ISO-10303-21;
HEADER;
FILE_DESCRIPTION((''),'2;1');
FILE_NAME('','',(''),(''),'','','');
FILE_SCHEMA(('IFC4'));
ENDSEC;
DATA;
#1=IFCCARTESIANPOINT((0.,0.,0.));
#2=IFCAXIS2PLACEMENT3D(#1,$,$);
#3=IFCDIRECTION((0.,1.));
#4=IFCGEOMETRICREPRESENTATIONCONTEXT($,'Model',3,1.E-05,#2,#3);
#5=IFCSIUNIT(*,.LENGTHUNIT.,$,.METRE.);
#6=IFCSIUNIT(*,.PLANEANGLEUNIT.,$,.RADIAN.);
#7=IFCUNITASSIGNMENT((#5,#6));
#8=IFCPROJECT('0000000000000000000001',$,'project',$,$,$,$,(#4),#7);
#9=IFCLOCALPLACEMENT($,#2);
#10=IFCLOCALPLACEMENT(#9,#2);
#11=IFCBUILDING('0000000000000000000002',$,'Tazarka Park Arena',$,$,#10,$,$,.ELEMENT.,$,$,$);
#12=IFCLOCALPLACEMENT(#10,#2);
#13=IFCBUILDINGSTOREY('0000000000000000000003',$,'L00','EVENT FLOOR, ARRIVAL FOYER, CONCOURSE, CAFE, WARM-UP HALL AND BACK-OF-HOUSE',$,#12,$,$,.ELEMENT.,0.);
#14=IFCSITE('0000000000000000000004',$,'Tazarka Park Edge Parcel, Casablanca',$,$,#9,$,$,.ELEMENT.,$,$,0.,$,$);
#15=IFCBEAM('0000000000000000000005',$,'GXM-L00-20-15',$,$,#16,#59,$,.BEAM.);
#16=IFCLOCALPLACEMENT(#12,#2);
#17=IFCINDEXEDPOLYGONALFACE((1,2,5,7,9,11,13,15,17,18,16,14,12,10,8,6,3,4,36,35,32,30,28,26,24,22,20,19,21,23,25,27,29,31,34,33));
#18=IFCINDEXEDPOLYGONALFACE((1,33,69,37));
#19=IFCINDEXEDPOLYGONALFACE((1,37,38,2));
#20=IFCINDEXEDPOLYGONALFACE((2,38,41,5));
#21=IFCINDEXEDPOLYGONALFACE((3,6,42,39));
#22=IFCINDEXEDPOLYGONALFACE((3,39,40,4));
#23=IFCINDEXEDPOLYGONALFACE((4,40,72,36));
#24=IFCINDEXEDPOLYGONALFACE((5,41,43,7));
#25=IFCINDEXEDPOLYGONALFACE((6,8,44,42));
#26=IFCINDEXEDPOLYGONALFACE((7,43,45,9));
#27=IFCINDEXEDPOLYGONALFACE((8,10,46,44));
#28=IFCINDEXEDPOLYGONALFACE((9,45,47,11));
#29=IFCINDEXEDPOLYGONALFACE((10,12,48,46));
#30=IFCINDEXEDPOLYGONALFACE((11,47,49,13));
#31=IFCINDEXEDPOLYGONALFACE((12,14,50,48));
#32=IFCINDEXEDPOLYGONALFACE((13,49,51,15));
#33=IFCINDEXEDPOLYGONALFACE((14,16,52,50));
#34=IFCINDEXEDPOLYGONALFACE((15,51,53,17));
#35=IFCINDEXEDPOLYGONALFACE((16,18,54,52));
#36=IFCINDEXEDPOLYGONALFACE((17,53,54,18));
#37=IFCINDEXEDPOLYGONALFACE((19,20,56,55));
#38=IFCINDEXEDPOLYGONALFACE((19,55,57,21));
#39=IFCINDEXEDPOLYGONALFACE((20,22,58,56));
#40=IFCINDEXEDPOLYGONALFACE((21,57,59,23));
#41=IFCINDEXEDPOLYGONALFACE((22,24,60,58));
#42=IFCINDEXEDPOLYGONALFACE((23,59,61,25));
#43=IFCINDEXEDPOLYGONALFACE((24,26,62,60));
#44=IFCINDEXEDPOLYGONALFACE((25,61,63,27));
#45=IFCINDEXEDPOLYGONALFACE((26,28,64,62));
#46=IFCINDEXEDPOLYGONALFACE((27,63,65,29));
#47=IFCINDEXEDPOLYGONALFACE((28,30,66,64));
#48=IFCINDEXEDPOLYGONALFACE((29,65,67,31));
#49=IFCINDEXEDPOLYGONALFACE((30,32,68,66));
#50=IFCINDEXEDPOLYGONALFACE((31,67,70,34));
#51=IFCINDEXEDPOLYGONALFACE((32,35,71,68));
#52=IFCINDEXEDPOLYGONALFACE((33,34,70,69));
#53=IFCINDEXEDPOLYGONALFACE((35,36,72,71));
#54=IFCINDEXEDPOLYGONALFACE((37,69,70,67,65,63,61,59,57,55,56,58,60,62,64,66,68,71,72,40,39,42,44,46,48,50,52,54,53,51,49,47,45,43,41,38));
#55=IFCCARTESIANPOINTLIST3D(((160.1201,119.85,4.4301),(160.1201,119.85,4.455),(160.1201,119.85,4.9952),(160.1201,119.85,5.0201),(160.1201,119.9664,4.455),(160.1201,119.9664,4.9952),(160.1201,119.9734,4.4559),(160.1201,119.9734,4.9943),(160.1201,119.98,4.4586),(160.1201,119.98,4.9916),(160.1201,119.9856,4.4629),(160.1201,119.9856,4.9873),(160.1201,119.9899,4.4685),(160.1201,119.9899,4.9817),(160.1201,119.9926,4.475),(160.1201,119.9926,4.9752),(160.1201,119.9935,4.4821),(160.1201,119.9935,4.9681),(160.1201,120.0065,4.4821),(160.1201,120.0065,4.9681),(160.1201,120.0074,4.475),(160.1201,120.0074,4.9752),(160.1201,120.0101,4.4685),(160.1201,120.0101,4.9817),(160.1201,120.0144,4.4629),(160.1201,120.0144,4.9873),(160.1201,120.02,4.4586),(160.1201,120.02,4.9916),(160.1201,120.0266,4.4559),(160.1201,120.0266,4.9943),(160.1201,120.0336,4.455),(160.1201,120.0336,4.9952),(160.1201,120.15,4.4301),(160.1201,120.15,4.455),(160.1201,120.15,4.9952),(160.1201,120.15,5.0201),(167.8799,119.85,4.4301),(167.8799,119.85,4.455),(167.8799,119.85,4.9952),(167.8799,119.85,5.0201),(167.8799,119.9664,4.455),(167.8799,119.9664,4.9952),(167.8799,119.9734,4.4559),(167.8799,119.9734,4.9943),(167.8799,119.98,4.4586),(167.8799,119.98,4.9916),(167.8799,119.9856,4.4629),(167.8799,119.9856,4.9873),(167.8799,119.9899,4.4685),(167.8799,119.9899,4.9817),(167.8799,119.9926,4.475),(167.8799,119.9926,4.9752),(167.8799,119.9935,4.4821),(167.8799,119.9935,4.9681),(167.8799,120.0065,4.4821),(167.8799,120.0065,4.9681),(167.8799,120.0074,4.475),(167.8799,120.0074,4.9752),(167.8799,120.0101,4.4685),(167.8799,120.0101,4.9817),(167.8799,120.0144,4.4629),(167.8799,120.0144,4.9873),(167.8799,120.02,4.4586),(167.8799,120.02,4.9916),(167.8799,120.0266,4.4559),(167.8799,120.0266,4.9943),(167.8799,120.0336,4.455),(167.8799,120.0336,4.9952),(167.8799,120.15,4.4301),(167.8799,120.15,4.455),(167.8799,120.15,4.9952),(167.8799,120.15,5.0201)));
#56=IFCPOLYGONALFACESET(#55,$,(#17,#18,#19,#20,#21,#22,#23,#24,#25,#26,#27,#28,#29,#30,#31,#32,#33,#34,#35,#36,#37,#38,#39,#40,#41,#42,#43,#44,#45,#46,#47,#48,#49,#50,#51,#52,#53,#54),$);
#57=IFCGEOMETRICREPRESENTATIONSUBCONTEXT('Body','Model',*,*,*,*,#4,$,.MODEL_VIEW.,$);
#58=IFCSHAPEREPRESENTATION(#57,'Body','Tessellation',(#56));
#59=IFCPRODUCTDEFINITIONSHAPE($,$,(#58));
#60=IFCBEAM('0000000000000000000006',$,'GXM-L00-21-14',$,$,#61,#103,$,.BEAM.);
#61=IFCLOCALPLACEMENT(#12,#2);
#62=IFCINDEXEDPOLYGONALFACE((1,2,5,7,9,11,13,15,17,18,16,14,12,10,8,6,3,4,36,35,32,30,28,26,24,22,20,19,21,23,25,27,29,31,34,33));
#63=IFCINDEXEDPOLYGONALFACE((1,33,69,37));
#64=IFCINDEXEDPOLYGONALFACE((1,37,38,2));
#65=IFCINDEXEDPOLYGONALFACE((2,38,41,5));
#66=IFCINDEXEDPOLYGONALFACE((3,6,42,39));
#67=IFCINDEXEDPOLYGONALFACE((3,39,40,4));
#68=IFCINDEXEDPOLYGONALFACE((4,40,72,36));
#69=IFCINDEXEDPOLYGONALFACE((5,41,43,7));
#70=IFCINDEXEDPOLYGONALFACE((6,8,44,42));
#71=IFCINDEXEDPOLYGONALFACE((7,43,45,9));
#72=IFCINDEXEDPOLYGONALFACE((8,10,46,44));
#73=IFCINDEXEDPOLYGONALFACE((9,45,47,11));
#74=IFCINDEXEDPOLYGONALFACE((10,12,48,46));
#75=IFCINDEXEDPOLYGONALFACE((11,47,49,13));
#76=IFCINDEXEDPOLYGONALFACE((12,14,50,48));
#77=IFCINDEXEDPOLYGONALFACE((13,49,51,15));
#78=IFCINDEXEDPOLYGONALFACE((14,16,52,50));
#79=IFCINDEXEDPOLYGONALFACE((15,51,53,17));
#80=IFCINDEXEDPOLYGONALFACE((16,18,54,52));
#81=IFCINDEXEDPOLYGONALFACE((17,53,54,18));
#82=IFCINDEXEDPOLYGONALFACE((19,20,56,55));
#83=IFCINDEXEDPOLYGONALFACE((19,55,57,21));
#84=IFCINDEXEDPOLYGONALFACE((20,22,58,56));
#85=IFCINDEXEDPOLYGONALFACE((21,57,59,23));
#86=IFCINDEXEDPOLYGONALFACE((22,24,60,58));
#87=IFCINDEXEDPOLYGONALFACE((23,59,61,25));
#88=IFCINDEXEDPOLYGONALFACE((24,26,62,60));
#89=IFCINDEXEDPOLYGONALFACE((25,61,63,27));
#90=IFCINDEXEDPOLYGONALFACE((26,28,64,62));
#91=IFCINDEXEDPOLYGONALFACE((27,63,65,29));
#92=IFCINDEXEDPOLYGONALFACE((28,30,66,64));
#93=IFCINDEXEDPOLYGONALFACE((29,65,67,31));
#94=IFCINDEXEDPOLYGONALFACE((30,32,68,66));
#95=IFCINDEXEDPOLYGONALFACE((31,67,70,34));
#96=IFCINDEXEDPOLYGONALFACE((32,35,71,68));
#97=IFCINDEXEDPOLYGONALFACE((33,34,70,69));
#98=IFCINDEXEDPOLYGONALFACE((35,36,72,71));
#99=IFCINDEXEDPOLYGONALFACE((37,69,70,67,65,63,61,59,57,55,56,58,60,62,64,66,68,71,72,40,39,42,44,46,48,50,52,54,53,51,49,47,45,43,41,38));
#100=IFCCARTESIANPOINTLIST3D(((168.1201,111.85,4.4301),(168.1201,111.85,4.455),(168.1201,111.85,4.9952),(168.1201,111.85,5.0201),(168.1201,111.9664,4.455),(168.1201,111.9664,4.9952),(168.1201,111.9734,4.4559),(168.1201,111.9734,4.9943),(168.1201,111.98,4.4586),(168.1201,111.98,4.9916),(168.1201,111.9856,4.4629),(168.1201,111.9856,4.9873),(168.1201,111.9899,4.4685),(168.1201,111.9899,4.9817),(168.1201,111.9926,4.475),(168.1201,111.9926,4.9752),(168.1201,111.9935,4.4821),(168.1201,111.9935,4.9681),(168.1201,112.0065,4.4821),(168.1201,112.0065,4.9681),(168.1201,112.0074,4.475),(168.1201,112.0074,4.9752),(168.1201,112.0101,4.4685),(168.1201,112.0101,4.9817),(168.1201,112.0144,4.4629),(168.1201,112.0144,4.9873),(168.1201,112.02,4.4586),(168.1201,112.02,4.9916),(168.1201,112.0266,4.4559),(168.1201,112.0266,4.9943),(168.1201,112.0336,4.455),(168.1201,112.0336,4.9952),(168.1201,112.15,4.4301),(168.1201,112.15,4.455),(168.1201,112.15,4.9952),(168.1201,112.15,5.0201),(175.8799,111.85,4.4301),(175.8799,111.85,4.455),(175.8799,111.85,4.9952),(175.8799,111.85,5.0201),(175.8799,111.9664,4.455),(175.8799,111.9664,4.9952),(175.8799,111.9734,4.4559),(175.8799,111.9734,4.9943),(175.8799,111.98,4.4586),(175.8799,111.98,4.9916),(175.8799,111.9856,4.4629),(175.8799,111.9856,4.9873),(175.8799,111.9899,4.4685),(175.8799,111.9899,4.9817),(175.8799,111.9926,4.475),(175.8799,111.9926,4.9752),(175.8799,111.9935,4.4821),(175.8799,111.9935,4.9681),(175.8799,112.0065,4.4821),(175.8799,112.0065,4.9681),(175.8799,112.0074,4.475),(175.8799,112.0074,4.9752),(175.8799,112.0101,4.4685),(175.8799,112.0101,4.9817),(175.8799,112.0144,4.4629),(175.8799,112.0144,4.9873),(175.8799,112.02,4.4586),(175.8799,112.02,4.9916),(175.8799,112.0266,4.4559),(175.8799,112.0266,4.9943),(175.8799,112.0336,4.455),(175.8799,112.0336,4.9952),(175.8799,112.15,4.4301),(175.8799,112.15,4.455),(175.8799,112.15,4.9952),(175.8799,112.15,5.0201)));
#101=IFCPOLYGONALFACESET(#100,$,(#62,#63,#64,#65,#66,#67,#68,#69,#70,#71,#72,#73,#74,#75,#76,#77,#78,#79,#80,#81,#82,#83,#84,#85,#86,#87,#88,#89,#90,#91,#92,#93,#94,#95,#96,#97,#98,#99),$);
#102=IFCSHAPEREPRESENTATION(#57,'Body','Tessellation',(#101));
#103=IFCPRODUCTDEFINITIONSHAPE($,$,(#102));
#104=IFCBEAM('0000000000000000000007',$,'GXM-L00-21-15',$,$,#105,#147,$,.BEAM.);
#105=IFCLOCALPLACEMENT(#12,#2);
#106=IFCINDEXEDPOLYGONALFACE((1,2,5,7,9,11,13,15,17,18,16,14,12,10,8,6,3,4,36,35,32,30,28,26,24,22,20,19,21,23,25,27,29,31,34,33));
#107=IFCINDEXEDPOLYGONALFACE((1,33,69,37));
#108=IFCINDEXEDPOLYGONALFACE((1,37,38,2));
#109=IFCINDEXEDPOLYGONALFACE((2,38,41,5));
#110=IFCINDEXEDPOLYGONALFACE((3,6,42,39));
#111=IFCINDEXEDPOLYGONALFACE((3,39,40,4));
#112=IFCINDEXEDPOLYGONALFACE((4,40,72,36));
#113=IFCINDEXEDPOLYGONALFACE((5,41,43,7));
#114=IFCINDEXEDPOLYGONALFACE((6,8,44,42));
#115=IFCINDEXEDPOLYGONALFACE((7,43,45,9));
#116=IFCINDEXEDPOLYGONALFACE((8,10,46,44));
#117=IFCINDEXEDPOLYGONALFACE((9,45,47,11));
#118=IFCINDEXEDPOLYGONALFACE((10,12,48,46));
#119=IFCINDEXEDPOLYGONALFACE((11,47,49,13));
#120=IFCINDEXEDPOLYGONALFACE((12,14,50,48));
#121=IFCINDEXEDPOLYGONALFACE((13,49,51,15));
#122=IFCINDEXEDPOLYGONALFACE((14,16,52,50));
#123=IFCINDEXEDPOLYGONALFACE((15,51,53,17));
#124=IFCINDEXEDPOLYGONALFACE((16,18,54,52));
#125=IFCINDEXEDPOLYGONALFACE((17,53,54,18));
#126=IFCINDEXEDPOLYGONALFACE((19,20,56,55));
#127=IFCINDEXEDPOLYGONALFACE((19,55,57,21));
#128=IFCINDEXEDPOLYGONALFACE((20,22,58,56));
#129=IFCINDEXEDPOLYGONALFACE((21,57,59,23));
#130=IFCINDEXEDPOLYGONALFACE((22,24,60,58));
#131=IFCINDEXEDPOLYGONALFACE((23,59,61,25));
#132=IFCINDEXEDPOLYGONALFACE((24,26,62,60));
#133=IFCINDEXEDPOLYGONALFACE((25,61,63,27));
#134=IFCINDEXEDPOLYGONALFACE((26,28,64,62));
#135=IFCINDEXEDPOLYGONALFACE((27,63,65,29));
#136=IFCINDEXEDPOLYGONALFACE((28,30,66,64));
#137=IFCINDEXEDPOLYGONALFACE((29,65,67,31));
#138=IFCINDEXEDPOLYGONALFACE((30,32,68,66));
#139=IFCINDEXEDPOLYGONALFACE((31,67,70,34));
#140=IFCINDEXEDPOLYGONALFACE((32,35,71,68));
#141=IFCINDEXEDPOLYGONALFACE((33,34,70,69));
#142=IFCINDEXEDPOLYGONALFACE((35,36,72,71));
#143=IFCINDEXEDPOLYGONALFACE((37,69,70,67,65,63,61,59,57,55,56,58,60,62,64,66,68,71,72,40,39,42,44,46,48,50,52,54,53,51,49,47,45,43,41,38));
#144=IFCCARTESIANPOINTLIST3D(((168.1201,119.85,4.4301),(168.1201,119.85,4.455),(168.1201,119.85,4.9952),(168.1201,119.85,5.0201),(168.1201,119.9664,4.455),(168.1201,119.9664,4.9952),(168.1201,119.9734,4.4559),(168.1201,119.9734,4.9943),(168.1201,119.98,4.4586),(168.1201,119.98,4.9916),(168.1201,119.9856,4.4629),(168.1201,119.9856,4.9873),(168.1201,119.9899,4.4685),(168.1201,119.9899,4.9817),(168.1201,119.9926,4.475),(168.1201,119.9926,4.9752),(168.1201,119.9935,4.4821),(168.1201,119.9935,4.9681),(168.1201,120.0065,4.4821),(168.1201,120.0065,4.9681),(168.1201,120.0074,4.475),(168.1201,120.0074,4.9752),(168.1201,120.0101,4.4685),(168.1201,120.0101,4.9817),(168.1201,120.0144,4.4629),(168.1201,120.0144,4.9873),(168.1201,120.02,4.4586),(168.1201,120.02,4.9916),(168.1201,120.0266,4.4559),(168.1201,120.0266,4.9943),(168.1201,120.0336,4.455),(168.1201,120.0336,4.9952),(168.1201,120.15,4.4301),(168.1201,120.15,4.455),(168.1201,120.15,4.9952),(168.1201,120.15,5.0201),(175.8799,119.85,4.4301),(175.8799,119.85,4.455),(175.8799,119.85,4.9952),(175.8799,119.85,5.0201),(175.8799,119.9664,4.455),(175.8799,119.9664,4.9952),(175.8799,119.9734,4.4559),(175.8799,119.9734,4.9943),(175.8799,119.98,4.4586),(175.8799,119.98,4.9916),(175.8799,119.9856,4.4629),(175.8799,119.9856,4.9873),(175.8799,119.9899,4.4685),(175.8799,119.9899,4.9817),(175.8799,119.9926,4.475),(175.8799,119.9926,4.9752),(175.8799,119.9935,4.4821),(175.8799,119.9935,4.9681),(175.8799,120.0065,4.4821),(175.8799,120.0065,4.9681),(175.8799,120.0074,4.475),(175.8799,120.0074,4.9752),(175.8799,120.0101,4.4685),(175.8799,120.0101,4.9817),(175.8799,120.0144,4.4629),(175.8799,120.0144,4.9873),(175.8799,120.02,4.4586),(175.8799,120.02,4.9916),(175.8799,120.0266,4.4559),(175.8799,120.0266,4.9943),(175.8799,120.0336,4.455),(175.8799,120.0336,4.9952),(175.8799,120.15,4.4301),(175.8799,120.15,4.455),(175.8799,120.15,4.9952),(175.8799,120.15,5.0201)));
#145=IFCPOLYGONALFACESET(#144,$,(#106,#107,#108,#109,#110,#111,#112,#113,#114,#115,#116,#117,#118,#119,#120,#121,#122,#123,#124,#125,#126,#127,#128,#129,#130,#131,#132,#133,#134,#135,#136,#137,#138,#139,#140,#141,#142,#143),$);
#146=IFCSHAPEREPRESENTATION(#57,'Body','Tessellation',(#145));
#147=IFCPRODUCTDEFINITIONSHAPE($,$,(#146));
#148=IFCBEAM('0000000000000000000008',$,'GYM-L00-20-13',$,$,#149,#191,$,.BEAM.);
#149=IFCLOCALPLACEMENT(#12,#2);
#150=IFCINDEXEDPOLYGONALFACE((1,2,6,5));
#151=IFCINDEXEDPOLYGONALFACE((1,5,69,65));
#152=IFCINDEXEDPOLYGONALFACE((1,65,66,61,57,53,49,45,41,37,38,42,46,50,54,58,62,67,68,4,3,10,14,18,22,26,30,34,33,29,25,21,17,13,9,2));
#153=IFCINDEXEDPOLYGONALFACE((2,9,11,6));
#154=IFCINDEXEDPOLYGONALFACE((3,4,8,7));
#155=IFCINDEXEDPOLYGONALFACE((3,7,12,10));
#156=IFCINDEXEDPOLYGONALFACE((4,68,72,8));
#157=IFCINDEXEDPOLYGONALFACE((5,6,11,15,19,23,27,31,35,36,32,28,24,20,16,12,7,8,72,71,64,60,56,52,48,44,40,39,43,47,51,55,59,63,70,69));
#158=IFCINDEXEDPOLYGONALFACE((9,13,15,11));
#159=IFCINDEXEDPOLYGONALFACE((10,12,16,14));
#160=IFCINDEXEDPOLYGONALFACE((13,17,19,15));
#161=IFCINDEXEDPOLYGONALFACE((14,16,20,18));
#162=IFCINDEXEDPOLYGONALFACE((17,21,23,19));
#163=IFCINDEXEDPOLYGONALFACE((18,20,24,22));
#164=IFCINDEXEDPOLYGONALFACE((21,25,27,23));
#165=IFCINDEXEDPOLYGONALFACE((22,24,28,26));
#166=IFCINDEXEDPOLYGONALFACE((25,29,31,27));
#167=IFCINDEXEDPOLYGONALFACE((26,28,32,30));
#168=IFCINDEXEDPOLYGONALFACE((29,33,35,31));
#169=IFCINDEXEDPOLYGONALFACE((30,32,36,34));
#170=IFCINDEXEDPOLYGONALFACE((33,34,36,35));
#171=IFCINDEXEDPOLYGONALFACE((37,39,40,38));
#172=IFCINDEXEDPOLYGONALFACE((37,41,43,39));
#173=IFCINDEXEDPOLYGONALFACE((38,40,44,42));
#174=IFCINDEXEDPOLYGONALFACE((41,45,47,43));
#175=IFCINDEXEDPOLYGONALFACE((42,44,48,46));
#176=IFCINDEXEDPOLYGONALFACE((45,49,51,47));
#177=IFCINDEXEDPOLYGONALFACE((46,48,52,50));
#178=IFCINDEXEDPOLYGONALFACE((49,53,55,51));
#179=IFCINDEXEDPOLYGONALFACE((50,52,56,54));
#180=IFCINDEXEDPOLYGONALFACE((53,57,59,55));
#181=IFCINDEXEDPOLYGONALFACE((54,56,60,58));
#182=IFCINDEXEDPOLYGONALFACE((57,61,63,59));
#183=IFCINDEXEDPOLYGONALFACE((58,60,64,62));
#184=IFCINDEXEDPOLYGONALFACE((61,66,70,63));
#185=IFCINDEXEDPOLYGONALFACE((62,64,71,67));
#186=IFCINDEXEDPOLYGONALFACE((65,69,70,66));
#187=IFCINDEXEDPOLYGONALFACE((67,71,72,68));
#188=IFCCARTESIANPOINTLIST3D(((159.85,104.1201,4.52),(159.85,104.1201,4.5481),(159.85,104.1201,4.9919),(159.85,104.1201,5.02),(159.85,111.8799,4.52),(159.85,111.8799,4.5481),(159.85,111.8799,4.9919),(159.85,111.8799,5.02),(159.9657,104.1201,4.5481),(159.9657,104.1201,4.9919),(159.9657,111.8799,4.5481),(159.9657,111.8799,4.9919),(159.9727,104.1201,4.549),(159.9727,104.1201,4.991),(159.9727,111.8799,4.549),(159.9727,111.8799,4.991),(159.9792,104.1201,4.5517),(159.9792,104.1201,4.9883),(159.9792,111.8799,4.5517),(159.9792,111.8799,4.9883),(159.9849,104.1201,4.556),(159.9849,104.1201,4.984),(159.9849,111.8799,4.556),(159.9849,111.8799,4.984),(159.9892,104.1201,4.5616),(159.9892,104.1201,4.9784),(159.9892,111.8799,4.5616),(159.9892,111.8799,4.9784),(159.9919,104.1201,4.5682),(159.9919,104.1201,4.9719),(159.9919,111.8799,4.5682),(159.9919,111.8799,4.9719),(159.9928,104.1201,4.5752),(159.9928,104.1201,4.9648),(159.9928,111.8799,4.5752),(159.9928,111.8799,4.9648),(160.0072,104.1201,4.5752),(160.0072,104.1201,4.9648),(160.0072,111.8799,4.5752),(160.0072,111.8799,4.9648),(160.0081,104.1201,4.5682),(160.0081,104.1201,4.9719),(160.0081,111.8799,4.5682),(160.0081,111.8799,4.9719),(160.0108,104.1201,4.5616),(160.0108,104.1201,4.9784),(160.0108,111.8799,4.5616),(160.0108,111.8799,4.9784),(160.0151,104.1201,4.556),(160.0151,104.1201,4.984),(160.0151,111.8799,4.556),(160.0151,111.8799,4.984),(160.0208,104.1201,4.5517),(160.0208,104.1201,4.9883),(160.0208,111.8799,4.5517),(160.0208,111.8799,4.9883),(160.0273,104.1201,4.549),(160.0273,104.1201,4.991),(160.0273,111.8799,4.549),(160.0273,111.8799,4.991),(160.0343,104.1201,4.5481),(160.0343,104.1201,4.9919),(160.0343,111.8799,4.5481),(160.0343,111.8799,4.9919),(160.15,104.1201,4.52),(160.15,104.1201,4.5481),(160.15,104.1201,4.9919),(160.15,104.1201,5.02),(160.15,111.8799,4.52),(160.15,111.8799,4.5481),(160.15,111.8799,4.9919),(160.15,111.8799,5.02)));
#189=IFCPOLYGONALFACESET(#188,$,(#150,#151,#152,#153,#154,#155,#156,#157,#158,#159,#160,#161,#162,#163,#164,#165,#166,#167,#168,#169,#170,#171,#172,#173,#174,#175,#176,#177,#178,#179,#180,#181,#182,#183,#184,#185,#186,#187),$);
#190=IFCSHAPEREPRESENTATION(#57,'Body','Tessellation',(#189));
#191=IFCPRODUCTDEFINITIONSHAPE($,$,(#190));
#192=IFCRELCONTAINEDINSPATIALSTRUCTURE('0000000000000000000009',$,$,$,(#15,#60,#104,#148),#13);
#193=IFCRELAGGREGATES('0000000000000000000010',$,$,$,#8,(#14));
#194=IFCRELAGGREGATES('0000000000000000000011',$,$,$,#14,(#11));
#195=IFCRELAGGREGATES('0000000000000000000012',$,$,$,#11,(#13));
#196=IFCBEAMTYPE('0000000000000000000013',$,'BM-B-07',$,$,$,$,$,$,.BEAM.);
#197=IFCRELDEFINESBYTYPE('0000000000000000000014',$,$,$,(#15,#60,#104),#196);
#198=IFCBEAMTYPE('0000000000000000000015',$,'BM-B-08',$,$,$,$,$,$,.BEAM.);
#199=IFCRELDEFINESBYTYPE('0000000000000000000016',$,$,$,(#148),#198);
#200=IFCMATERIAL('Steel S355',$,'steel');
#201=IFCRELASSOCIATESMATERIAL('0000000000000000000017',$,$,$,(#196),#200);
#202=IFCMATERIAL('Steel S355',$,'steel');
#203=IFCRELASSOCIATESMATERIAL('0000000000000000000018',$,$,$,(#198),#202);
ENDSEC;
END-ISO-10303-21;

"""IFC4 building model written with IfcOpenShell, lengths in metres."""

from ifc_helpers import new_model, si_unit, direction, frame, origin, origin_2d, place, context, subcontext, project, spatial, i_section, extrude, material, material_profile, profile_set, type_object, element, save


model = new_model("IFC4")

# Units and contexts
model_context = context("Model", 3, precision=1e-05, world=origin(), true_north=direction((0.0, 1.0)))
body_context = subcontext(model_context, "Body", "Model", "MODEL_VIEW")
ifc_project = project(units=[si_unit("LENGTHUNIT", "METRE"), si_unit("PLANEANGLEUNIT", "RADIAN")], contexts=[model_context])

# Site, building, storey
site_placement = place(None, origin())
site = spatial("IfcSite", under=ifc_project, at=site_placement, Name="Tazarka Park Edge Parcel, Casablanca", CompositionType="ELEMENT", RefElevation=0.0)
building_placement = place(site_placement, origin())
building = spatial("IfcBuilding", under=site, at=building_placement, Name="Tazarka Park Arena", CompositionType="ELEMENT")
storey_placement = place(building_placement, origin())
storey = spatial("IfcBuildingStorey", under=building, at=storey_placement, Name="L00", Description="EVENT FLOOR, ARRIVAL FOYER, CONCOURSE, CAFE, WARM-UP HALL AND BACK-OF-HOUSE", CompositionType="ELEMENT", Elevation=0.0)

# Beams
ifc_material_1 = material(Name="Steel S355", Category="steel")
ifc_material_profile_1 = material_profile(ifc_material_1, i_section(OverallWidth=0.3, OverallDepth=0.5901, WebThickness=0.0129, FlangeThickness=0.0249, FilletRadius=0.0271, at=origin_2d()), Name="Steel S355")
ifc_profile_set_1 = profile_set([ifc_material_profile_1], Name="Steel S355")
beam_type_1 = type_object("IfcBeamType", Name="BM-B-07", PredefinedType="BEAM", material=ifc_profile_set_1)
for number, where, z_axis, x_axis, name in (
    (1, (160.1201, 120.0, 4.7251), (1.0, 0.0, 0.0), (0.0, 1.0, 0.0), "GXM-L00-20-15"),
    (2, (168.1201, 112.0, 4.7251), (1.0, 0.0, 0.0), (0.0, 1.0, 0.0), "GXM-L00-21-14"),
    (3, (168.1201, 120.0, 4.7251), (1.0, 0.0, 0.0), (0.0, 1.0, 0.0), "GXM-L00-21-15"),
):
    element("IfcBeam", number, at=place(storey_placement, frame(where, z_axis=z_axis, x_axis=x_axis)), inside=storey, type_object=beam_type_1, Name=name, PredefinedType="BEAM", context=body_context, shape_type="SweptSolid", body=[
        extrude(i_section(OverallWidth=0.3, OverallDepth=0.5901, WebThickness=0.0129, FlangeThickness=0.0249, FilletRadius=0.0271, at=origin_2d()), origin(), (0.0, 0.0, 1.0), 7.7598),
    ])
ifc_material_2 = material(Name="Steel S355", Category="steel")
ifc_material_profile_2 = material_profile(ifc_material_2, i_section(OverallWidth=0.3, OverallDepth=0.5, WebThickness=0.0144, FlangeThickness=0.0281, FilletRadius=0.0271, at=origin_2d()), Name="Steel S355")
ifc_profile_set_2 = profile_set([ifc_material_profile_2], Name="Steel S355")
beam_type_2 = type_object("IfcBeamType", Name="BM-B-08", PredefinedType="BEAM", material=ifc_profile_set_2)
for number, where, z_axis, x_axis, name in (
    (4, (160.0, 104.1201, 4.77), (0.0, 1.0, 0.0), (-1.0, 0.0, 0.0), "GYM-L00-20-13"),
):
    element("IfcBeam", number, at=place(storey_placement, frame(where, z_axis=z_axis, x_axis=x_axis)), inside=storey, type_object=beam_type_2, Name=name, PredefinedType="BEAM", context=body_context, shape_type="SweptSolid", body=[
        extrude(i_section(OverallWidth=0.3, OverallDepth=0.5, WebThickness=0.0144, FlangeThickness=0.0281, FilletRadius=0.0271, at=origin_2d()), origin(), (0.0, 0.0, 1.0), 7.7598),
    ])

save(model, "model.ifc")
